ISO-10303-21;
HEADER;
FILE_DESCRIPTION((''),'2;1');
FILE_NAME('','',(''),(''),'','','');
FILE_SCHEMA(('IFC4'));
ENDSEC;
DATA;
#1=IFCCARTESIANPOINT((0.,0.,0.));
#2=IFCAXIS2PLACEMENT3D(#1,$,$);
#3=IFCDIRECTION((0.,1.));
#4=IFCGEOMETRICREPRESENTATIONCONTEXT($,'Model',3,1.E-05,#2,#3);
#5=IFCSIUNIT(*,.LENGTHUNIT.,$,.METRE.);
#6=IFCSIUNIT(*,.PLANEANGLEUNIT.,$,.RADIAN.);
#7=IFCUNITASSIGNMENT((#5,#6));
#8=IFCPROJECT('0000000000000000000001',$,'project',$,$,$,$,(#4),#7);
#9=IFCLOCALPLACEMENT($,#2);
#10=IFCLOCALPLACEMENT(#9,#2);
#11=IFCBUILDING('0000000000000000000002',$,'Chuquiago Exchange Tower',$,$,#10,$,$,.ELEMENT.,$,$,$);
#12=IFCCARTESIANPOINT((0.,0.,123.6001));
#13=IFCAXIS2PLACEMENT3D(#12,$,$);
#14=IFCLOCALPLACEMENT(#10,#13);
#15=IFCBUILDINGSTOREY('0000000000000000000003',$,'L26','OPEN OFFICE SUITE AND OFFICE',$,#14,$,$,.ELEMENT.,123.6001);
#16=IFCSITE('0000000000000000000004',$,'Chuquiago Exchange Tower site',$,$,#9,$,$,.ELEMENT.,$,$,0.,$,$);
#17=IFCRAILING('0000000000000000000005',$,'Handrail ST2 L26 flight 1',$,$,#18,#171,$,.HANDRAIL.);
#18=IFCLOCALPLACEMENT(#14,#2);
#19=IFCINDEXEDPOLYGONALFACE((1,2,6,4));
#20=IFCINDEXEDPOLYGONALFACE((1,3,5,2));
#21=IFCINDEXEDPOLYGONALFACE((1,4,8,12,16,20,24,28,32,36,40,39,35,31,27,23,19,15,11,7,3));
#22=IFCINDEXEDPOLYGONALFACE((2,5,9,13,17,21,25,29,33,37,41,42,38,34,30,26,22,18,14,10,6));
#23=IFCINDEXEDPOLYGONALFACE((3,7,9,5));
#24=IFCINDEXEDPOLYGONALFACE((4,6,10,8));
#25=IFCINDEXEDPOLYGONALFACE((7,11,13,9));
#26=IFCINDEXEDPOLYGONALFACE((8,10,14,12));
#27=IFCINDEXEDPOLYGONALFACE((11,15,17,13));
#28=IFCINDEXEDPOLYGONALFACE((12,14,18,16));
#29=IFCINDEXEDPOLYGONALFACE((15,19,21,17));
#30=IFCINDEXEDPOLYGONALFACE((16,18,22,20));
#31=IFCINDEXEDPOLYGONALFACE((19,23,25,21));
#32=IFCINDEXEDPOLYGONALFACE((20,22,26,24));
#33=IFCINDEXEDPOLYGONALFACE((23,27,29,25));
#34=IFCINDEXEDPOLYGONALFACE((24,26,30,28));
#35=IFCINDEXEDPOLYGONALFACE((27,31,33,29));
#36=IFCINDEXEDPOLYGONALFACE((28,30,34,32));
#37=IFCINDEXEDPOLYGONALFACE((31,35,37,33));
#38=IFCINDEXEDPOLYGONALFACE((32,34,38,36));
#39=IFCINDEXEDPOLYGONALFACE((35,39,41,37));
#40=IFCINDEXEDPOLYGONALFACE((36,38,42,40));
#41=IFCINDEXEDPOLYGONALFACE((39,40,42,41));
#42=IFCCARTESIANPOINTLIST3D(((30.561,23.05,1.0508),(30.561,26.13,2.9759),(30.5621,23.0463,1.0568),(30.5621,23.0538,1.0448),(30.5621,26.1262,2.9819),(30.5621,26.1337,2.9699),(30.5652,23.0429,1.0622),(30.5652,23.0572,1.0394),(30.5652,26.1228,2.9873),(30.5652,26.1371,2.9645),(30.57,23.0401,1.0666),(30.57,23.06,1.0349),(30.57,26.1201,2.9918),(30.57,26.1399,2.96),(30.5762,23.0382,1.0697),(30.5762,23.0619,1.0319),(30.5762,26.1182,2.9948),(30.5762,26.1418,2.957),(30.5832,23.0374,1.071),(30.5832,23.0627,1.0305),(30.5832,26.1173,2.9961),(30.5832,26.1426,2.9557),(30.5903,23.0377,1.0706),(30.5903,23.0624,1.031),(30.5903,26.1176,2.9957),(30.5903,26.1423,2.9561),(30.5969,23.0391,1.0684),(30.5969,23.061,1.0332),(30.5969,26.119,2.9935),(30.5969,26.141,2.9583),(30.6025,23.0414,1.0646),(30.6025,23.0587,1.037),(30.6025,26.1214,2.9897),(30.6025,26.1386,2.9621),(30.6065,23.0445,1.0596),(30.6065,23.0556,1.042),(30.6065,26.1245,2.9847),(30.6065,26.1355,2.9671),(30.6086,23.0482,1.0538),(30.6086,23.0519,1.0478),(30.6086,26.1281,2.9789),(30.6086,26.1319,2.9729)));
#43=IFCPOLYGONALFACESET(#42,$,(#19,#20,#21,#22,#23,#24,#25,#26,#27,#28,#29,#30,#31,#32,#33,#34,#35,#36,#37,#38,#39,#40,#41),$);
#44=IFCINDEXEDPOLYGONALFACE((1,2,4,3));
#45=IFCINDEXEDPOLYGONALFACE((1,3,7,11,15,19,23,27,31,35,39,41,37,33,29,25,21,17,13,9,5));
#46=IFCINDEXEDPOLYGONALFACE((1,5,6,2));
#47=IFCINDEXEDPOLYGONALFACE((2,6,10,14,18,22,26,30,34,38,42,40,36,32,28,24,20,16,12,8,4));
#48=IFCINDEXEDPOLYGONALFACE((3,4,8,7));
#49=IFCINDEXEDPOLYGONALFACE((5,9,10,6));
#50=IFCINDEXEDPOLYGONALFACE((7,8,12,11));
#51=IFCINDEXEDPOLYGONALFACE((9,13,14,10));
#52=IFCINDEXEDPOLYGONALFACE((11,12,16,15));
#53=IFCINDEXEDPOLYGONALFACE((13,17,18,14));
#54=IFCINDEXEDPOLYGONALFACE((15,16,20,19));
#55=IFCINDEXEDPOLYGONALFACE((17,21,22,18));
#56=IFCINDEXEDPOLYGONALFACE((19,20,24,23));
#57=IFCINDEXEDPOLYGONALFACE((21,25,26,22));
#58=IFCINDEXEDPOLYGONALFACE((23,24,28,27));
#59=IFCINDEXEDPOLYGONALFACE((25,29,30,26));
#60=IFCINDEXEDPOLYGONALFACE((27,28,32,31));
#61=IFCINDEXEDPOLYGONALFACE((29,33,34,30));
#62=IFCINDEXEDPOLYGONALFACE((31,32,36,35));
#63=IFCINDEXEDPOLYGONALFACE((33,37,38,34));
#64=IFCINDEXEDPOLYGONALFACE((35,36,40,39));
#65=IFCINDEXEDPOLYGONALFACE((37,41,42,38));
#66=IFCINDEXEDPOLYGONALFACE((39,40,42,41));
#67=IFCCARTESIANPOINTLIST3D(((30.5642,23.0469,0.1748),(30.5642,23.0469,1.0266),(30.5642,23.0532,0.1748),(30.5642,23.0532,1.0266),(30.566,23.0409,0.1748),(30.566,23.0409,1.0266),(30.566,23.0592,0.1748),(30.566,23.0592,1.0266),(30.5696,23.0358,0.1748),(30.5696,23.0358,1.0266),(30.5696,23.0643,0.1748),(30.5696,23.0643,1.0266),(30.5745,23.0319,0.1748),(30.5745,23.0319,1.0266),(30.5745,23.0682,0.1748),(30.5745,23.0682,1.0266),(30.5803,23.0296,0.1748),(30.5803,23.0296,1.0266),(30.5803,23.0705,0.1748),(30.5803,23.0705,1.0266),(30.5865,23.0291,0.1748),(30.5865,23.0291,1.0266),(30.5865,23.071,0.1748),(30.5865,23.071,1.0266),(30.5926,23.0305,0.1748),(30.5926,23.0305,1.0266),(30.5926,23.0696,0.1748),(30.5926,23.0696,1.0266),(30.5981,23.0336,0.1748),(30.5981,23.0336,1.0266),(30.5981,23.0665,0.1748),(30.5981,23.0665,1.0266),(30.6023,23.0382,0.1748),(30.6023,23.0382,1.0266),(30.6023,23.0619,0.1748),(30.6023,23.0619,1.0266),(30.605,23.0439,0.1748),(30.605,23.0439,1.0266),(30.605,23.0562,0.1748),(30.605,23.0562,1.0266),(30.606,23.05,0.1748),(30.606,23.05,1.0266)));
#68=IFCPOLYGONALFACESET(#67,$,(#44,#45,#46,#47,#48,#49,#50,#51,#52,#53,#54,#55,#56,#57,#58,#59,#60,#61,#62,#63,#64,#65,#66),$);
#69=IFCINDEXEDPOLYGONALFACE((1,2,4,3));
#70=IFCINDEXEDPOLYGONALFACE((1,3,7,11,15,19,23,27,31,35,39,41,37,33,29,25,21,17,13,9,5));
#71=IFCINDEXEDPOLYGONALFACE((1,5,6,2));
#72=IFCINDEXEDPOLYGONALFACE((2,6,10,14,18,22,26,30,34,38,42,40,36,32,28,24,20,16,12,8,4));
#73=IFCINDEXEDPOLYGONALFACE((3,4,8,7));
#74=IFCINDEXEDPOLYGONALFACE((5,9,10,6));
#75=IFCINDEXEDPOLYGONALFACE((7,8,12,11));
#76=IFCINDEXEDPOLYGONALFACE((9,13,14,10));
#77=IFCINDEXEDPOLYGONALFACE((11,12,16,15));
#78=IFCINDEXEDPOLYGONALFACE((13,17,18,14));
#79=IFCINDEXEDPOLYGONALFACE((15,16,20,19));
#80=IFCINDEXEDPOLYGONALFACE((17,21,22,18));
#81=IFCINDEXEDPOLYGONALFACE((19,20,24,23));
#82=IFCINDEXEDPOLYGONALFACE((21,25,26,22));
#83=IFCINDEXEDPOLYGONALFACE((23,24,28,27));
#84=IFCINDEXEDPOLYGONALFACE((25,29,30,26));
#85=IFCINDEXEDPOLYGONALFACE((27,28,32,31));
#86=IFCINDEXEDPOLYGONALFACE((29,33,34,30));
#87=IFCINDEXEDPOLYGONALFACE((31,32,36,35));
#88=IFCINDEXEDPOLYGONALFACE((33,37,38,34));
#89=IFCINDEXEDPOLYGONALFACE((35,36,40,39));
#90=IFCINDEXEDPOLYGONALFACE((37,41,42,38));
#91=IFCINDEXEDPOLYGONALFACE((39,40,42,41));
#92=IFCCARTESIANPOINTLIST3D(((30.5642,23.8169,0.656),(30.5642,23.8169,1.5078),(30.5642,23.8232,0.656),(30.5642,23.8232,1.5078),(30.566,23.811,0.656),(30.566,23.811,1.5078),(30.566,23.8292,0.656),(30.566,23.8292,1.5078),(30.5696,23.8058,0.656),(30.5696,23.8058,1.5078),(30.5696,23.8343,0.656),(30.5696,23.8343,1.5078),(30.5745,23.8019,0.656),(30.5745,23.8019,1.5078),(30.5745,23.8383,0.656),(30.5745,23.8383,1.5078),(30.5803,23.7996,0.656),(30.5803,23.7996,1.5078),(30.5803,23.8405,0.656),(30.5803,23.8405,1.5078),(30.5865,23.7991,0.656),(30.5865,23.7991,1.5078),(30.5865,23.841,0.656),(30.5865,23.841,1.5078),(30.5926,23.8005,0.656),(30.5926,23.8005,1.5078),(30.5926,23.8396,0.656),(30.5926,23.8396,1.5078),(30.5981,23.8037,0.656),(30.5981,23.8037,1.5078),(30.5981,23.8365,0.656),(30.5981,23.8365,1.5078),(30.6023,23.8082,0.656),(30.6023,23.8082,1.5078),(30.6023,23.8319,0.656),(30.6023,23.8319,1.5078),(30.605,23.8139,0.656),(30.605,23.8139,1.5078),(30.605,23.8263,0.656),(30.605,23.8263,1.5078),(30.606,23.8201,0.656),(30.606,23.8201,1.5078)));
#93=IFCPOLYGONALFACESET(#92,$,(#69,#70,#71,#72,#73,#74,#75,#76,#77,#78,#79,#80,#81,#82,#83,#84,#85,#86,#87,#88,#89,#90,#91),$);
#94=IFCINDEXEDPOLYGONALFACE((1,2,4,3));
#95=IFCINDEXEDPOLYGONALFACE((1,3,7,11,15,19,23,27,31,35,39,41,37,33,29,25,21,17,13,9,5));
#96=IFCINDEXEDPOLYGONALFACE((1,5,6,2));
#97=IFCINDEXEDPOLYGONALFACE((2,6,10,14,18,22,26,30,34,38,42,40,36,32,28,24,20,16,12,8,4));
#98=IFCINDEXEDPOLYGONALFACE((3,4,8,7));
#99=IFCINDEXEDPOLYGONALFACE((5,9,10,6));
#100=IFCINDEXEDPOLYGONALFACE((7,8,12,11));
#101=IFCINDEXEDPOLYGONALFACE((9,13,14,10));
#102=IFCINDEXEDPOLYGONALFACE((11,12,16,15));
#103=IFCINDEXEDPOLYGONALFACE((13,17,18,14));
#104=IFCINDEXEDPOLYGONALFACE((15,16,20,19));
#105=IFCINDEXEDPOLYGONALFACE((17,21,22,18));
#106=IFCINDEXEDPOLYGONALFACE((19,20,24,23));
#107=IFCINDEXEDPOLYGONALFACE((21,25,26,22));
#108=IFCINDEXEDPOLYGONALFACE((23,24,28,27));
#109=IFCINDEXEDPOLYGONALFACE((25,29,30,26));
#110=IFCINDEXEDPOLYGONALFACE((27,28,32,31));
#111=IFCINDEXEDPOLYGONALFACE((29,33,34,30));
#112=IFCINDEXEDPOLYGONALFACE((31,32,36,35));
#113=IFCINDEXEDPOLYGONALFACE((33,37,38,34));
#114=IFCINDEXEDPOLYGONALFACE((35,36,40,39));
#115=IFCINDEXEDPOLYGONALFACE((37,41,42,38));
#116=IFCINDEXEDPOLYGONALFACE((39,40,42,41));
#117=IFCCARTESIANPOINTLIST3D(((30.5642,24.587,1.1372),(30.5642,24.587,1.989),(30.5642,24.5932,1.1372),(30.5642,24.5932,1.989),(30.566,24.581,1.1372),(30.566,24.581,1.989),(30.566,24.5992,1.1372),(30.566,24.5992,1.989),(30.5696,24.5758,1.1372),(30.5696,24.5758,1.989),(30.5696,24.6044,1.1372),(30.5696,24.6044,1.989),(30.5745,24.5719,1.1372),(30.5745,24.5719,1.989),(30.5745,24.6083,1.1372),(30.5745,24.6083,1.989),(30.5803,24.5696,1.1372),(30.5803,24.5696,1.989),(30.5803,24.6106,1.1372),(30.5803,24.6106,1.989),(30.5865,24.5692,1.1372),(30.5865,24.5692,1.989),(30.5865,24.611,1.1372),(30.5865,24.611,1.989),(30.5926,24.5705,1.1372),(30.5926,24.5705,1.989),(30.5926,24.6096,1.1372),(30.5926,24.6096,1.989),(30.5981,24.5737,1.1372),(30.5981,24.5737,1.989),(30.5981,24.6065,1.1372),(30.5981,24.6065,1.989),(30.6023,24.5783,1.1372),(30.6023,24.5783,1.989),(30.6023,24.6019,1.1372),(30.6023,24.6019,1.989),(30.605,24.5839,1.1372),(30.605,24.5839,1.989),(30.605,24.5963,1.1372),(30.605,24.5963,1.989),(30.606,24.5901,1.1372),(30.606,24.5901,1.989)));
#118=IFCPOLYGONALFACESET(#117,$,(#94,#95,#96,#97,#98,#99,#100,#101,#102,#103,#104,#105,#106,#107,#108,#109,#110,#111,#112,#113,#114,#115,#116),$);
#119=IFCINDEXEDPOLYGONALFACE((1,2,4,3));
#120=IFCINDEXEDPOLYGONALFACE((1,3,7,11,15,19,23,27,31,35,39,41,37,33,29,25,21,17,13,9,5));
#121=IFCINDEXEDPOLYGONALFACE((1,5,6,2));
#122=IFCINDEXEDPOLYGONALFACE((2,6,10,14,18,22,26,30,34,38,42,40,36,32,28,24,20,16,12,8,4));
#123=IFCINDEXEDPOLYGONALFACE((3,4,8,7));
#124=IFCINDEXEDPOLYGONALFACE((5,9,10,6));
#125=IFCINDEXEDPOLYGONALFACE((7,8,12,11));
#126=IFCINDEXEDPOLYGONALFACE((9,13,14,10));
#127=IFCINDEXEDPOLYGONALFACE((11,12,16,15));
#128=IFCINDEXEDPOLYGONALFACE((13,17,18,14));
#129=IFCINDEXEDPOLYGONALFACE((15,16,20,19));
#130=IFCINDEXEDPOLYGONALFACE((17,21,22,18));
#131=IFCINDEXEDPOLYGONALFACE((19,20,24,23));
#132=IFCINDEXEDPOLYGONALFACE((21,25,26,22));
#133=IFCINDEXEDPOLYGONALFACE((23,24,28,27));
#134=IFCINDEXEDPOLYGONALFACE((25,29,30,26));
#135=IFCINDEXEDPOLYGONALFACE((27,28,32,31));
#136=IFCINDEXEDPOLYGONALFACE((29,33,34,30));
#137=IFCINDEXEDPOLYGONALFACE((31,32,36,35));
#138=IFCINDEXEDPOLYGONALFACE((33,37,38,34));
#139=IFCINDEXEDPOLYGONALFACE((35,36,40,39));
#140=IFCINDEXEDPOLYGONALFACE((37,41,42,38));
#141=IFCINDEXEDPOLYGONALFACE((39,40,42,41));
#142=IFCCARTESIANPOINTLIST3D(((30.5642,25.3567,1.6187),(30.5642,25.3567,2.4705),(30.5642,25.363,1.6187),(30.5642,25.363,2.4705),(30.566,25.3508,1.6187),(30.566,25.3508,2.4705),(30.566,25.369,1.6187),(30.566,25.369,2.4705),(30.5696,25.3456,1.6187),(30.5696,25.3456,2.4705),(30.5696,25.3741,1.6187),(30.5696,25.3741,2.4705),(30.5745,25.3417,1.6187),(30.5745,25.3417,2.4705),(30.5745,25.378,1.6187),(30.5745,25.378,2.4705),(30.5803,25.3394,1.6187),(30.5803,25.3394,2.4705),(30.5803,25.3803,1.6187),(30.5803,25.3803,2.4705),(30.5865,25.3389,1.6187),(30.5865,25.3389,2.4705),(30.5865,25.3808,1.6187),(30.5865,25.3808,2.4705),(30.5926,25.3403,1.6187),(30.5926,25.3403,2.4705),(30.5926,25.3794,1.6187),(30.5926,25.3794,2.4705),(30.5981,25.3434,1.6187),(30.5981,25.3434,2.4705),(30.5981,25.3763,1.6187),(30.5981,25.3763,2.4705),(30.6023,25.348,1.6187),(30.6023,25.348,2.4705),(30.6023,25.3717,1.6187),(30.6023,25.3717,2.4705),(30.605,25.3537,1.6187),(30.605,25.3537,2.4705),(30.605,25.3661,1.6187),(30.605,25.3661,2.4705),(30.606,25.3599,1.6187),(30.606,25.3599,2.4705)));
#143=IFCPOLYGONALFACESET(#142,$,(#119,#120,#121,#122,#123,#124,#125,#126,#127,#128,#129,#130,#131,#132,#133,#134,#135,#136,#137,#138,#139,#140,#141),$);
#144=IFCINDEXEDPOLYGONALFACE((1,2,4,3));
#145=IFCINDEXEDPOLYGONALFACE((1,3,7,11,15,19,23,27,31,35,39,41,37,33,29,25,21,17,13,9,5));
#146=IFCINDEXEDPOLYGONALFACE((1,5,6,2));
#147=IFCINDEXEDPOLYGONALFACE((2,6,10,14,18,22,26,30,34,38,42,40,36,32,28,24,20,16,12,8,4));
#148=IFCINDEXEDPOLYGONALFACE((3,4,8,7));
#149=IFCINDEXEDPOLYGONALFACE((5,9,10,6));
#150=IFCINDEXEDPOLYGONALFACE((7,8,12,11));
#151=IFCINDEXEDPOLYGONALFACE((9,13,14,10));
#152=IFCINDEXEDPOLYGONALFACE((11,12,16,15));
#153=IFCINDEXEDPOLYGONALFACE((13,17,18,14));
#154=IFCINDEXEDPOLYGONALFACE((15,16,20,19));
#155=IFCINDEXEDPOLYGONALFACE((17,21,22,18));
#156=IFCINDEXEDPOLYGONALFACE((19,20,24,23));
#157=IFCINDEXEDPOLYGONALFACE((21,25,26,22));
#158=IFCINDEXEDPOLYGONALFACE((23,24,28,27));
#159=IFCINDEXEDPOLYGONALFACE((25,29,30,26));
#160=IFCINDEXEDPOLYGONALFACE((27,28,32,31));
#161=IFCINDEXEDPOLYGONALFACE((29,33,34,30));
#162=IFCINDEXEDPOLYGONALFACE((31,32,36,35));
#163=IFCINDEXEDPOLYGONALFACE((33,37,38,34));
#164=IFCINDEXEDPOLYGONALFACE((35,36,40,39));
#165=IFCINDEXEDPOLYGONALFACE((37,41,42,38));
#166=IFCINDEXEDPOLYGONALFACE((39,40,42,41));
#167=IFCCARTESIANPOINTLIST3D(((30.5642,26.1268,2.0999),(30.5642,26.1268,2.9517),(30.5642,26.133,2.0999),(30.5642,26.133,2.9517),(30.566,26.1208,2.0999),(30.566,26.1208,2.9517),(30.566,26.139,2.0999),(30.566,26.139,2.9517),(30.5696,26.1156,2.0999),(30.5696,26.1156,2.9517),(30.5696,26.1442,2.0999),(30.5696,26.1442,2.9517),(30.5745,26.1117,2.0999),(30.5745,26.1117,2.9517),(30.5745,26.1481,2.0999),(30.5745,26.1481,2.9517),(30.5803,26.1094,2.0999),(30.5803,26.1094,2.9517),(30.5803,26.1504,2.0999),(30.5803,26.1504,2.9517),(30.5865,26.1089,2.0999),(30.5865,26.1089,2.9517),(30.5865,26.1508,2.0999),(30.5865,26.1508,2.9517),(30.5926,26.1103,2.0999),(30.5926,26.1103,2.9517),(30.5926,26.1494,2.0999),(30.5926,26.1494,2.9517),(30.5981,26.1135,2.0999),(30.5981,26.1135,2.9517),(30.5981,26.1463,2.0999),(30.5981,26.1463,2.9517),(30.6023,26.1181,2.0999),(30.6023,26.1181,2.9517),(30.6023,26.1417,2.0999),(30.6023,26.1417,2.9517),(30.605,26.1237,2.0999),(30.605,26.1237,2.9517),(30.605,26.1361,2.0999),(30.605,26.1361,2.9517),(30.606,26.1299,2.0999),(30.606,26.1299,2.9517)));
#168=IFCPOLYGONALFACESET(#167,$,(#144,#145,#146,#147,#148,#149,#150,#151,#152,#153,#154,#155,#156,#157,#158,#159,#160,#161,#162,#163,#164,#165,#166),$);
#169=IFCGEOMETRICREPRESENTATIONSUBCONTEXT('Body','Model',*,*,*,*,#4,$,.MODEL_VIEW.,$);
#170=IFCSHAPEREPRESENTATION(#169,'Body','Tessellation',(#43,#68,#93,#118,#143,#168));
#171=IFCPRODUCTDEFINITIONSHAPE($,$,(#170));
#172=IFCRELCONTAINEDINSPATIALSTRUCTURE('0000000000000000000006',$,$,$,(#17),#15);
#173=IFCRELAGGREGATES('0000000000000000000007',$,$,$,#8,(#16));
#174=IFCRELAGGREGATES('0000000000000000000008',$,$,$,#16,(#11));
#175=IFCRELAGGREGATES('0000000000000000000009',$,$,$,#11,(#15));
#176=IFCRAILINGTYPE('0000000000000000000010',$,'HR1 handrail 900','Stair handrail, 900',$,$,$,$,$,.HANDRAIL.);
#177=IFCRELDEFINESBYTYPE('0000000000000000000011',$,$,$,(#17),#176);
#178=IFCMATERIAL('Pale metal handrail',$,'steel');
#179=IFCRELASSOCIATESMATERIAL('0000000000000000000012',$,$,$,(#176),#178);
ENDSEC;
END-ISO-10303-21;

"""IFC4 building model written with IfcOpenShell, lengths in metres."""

from ifc_helpers import new_model, si_unit, direction, frame, origin, origin_2d, place, context, subcontext, project, spatial, circle, extrude, material, type_object, element, save


model = new_model("IFC4")

# Units and contexts
model_context = context("Model", 3, precision=1e-05, world=origin(), true_north=direction((0.0, 1.0)))
body_context = subcontext(model_context, "Body", "Model", "MODEL_VIEW")
ifc_project = project(units=[si_unit("LENGTHUNIT", "METRE"), si_unit("PLANEANGLEUNIT", "RADIAN")], contexts=[model_context])

# Site, building, storey
site_placement = place(None, origin())
site = spatial("IfcSite", under=ifc_project, at=site_placement, Name="Chuquiago Exchange Tower site", CompositionType="ELEMENT", RefElevation=0.0)
building_placement = place(site_placement, origin())
building = spatial("IfcBuilding", under=site, at=building_placement, Name="Chuquiago Exchange Tower", CompositionType="ELEMENT")
storey_placement = place(building_placement, frame((0.0, 0.0, 123.6001)))
storey = spatial("IfcBuildingStorey", under=building, at=storey_placement, Name="L26", Description="OPEN OFFICE SUITE AND OFFICE", CompositionType="ELEMENT", Elevation=123.6001)

# Railing
ifc_material_1 = material(Name="Pale metal handrail", Category="steel")
railing_type = type_object("IfcRailingType", Name="HR1 handrail 900", Description="Stair handrail, 900", PredefinedType="HANDRAIL", material=ifc_material_1)
for number, where, name in (
    (1, (30.585, 23.05, 0.1748), "Handrail ST2 L26 flight 1"),
):
    element("IfcRailing", number, at=place(storey_placement, frame(where)), inside=storey, type_object=railing_type, Name=name, PredefinedType="HANDRAIL", context=body_context, shape_type="SweptSolid", body=[
        extrude(circle(Radius=0.0239, at=origin_2d()), frame((0.0, 0.0, 0.876), z_axis=(0.0, 0.847979, 0.530029), x_axis=(-1.0, 0.0, 0.0)), (0.0, 0.0, 1.0), 3.6321),
        extrude(circle(Radius=0.021, at=origin_2d()), origin(), (0.0, 0.0, 1.0), 0.8518),
        extrude(circle(Radius=0.021, at=origin_2d()), frame((0.0, 0.77, 0.4812)), (0.0, 0.0, 1.0), 0.8518),
        extrude(circle(Radius=0.021, at=origin_2d()), frame((0.0, 1.54, 0.9624)), (0.0, 0.0, 1.0), 0.8518),
        extrude(circle(Radius=0.021, at=origin_2d()), frame((0.0, 2.3098, 1.4438)), (0.0, 0.0, 1.0), 0.8518),
        extrude(circle(Radius=0.021, at=origin_2d()), frame((0.0, 3.0798, 1.925)), (0.0, 0.0, 1.0), 0.8518),
    ])

save(model, "model.ifc")
